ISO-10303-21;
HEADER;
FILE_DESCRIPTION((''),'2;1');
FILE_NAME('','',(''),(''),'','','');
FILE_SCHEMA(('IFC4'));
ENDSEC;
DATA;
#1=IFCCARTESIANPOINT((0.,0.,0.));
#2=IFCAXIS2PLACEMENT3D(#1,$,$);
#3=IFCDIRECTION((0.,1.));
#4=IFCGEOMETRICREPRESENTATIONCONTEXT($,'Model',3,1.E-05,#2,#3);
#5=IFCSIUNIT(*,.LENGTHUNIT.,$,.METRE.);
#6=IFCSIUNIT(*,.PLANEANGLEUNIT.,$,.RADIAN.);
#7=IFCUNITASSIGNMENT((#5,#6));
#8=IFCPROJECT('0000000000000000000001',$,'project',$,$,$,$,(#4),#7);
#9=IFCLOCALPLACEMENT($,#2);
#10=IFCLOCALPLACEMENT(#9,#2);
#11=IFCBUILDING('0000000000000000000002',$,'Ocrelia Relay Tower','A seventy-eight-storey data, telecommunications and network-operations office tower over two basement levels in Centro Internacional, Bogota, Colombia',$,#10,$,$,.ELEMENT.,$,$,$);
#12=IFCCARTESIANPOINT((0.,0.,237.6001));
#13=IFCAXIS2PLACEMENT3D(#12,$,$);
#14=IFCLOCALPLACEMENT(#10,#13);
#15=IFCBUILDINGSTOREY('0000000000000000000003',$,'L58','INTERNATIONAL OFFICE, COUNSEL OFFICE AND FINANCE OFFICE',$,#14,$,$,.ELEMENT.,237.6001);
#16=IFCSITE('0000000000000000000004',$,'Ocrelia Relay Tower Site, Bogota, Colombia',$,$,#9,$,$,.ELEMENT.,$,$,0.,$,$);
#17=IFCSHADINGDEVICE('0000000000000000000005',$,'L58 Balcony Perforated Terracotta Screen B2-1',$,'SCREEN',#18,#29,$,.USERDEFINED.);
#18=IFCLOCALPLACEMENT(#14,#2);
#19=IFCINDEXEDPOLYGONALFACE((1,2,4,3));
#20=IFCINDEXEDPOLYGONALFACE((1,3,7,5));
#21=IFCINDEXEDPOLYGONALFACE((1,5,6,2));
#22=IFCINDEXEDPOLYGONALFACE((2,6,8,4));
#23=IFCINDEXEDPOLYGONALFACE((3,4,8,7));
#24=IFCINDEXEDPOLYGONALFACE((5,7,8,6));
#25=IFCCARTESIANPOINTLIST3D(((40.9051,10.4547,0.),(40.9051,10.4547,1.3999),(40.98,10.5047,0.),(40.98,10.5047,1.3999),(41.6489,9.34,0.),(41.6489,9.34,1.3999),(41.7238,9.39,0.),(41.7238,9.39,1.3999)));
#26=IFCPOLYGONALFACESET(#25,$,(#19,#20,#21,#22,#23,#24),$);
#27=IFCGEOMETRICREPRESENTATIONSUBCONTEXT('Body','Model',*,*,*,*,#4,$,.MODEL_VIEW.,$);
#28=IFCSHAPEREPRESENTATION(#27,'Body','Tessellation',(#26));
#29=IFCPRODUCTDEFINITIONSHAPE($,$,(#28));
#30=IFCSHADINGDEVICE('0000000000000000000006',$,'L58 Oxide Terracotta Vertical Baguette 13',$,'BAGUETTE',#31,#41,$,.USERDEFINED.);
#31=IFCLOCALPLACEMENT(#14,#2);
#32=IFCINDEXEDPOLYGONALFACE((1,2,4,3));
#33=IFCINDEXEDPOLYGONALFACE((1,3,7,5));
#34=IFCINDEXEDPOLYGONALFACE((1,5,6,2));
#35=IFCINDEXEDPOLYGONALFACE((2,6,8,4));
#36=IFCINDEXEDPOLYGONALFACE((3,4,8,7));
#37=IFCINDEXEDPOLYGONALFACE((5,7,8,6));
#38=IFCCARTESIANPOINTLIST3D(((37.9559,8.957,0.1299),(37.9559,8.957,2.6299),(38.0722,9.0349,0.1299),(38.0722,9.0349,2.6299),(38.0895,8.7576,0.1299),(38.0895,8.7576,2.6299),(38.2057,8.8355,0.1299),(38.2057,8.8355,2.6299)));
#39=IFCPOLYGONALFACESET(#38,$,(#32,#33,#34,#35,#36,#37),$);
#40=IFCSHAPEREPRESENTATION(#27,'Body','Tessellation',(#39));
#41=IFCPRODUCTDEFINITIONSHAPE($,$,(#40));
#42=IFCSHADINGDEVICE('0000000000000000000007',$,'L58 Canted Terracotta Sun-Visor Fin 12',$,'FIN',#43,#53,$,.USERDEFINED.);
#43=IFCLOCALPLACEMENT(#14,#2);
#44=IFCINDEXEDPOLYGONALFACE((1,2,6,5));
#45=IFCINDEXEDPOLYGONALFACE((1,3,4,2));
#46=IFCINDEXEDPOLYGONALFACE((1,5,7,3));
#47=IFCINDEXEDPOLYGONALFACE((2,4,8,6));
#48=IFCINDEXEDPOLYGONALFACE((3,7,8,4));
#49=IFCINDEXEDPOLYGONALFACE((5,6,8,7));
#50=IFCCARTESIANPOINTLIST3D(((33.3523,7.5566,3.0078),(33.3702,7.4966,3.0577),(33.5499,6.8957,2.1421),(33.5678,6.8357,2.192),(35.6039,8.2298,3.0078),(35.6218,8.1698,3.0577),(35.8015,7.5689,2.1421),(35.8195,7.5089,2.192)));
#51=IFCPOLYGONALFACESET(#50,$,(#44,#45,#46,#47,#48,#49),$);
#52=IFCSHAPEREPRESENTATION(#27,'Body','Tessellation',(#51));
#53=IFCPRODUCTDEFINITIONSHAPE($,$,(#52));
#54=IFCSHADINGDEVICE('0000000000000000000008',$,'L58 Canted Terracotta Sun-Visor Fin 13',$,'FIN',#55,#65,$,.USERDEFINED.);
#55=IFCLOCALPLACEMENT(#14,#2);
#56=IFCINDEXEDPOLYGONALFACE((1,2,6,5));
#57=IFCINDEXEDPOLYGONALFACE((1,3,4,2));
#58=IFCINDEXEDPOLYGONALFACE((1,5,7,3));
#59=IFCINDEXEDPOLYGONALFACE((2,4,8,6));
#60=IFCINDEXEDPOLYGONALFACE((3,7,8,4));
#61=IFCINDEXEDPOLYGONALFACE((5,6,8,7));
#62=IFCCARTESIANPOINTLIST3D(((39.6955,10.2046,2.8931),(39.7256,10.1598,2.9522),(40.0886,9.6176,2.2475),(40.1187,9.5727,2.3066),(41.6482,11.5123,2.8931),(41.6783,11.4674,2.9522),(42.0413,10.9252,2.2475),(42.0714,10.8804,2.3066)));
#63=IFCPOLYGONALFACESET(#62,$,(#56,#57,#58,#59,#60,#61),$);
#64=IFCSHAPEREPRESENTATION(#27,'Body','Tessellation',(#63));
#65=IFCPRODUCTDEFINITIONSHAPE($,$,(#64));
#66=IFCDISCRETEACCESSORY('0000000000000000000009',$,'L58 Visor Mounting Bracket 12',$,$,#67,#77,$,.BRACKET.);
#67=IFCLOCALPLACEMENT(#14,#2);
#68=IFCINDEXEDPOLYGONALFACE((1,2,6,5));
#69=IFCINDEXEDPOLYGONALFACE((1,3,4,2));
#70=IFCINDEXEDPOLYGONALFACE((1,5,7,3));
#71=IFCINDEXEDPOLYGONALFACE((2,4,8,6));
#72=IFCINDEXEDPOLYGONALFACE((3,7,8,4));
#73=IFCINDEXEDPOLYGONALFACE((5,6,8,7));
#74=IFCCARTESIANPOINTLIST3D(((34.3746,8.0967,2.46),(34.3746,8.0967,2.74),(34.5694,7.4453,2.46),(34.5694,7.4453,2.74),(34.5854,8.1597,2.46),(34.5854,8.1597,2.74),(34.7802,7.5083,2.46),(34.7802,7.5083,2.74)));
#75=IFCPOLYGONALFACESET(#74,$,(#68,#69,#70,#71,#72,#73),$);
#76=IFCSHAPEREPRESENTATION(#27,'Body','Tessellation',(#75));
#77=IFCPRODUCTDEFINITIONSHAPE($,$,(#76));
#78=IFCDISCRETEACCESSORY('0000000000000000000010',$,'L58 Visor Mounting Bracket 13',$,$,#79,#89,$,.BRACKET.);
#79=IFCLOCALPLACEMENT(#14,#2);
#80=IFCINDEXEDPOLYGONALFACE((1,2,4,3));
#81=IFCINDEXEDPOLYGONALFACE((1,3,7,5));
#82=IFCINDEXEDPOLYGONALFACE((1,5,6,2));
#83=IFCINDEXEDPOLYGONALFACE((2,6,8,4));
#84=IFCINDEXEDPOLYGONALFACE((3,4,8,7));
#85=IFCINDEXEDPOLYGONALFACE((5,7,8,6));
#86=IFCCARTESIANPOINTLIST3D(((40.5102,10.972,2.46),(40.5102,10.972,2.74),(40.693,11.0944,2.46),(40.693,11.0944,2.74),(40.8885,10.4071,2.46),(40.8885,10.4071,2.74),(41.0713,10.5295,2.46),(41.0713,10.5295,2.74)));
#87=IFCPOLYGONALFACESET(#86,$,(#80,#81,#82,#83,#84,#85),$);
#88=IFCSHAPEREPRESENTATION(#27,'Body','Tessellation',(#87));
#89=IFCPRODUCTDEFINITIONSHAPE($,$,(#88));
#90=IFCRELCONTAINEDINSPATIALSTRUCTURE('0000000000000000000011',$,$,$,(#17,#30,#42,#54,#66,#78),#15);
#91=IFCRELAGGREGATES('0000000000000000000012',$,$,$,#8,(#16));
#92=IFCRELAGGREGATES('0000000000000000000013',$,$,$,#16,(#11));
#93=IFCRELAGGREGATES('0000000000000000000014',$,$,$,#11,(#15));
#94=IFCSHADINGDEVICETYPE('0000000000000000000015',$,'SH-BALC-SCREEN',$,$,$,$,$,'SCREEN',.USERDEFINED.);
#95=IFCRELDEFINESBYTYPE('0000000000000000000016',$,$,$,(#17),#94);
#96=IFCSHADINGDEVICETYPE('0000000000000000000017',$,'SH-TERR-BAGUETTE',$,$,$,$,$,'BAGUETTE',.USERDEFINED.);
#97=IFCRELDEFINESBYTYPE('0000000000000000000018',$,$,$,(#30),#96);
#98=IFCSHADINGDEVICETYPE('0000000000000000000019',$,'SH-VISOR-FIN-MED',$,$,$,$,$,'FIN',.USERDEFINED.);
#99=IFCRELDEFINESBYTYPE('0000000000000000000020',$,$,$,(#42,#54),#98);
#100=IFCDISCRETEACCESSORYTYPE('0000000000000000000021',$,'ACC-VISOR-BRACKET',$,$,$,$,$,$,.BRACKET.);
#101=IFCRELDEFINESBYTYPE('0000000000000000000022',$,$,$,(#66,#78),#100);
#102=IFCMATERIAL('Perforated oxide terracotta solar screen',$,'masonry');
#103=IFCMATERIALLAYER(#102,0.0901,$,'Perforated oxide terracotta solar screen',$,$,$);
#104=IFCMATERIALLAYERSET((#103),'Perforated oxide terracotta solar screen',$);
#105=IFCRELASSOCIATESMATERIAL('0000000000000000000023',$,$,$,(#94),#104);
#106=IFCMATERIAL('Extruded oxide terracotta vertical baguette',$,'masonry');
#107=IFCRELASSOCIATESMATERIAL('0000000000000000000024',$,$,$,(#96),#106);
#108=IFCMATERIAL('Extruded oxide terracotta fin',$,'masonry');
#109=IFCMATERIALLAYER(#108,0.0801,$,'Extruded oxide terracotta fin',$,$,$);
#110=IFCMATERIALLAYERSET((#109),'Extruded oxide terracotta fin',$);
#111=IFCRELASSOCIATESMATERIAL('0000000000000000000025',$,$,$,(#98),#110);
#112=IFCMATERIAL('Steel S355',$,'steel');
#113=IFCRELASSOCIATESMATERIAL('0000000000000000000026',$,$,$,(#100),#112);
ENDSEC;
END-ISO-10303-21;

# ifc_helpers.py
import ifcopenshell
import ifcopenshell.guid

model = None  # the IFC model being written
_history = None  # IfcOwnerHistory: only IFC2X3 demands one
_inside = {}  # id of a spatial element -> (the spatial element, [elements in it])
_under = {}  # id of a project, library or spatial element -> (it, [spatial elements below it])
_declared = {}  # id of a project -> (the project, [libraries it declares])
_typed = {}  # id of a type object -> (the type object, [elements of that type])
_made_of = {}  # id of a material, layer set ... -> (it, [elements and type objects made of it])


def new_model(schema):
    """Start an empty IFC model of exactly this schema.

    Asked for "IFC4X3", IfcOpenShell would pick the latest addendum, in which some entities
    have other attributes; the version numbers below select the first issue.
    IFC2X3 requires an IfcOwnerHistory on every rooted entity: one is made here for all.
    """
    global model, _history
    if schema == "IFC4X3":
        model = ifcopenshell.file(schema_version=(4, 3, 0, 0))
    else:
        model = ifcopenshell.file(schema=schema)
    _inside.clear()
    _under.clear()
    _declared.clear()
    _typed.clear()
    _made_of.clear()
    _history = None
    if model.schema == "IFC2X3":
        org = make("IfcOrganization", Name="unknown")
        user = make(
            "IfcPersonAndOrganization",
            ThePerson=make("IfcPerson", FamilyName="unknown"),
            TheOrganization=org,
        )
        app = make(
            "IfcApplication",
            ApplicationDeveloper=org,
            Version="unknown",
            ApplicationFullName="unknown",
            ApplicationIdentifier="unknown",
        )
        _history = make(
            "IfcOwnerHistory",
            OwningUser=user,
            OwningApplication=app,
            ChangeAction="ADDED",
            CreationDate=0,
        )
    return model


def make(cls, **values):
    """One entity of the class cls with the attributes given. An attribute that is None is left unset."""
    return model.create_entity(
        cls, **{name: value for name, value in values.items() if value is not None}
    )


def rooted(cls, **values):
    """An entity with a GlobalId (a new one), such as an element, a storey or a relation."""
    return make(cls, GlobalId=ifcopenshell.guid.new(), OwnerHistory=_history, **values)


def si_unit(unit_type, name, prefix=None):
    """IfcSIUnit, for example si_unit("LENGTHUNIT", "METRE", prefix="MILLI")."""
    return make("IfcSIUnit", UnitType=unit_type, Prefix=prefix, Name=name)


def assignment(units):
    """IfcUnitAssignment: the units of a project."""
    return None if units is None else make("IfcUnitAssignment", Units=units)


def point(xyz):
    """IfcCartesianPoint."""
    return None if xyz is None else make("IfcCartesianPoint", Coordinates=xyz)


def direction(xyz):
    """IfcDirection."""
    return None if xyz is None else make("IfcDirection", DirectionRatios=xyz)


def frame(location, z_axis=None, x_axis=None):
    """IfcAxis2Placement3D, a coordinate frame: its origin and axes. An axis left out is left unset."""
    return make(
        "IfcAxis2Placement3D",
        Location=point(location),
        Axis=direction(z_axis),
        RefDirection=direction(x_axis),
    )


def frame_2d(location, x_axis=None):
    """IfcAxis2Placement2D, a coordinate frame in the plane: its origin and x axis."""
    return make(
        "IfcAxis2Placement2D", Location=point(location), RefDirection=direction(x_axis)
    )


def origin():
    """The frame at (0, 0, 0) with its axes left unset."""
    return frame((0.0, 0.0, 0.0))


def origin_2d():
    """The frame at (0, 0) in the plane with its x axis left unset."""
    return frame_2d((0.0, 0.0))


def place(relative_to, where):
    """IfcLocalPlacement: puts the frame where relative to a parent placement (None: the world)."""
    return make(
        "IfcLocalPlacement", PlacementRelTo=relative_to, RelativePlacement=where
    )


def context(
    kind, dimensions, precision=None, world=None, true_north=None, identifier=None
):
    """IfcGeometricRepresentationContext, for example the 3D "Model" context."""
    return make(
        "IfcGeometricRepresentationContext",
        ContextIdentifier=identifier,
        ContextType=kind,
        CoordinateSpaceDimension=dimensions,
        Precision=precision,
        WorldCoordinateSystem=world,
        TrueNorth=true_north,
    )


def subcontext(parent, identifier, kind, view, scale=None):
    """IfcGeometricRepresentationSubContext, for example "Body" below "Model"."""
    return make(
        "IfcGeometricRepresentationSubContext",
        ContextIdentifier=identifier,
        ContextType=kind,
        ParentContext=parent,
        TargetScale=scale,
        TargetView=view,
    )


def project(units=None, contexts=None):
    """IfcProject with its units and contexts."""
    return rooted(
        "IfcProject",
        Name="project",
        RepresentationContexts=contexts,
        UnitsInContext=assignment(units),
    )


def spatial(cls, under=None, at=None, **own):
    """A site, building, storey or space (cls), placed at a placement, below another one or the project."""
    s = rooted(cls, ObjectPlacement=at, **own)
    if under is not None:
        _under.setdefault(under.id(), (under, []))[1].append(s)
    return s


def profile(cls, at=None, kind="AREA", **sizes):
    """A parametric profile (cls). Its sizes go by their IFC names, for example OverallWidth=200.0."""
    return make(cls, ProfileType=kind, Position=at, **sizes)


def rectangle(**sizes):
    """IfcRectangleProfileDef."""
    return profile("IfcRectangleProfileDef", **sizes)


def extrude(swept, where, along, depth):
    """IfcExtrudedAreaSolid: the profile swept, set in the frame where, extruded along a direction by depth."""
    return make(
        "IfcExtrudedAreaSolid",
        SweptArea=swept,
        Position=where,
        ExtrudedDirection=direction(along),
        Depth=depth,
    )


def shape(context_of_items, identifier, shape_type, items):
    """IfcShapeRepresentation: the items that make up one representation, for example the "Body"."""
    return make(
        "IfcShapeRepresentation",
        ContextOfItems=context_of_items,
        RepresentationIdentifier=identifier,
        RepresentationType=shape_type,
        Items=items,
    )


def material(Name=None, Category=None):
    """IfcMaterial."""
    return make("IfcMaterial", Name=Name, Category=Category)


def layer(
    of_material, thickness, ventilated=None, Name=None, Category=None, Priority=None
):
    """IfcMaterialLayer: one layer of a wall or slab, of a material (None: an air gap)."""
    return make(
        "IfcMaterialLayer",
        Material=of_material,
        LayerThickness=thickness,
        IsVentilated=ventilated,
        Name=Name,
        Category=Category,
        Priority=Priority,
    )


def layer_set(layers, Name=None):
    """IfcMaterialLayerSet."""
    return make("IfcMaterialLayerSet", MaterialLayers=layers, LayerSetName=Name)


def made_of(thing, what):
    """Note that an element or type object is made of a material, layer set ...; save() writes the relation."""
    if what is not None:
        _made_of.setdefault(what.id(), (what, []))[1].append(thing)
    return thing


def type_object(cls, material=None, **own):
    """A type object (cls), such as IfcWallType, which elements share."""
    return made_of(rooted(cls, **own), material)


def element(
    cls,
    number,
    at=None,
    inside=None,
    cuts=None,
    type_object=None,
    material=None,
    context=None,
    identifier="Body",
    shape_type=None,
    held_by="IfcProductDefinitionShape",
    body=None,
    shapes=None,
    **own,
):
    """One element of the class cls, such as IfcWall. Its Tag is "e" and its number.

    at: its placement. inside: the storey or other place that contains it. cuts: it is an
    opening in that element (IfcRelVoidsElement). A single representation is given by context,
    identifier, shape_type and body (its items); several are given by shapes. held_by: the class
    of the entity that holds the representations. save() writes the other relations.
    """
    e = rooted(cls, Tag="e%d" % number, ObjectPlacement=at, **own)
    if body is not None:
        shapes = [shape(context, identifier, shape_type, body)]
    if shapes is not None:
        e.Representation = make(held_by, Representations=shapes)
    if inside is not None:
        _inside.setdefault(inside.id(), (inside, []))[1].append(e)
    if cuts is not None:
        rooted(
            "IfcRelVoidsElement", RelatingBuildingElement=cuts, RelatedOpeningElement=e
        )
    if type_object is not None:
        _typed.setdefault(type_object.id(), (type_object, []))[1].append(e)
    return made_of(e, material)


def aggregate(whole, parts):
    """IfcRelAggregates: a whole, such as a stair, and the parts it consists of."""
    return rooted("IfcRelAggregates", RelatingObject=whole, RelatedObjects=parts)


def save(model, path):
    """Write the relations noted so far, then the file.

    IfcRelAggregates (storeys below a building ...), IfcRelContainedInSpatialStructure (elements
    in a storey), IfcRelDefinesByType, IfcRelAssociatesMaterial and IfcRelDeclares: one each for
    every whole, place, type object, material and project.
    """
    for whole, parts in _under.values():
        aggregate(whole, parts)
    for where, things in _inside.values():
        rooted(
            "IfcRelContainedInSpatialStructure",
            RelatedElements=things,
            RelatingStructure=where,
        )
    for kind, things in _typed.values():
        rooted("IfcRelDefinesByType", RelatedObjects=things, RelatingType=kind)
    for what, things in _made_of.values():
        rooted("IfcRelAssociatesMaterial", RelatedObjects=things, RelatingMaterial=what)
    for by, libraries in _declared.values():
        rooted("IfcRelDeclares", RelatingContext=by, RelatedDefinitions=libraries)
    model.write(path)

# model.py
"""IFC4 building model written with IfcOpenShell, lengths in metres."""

from ifc_helpers import new_model, si_unit, direction, frame, origin, origin_2d, place, context, subcontext, project, spatial, rectangle, extrude, material, layer, layer_set, type_object, element, save


model = new_model("IFC4")

# Units and contexts
model_context = context("Model", 3, precision=1e-05, world=origin(), true_north=direction((0.0, 1.0)))
body_context = subcontext(model_context, "Body", "Model", "MODEL_VIEW")
ifc_project = project(units=[si_unit("LENGTHUNIT", "METRE"), si_unit("PLANEANGLEUNIT", "RADIAN")], contexts=[model_context])

# Site, building, storey
site_placement = place(None, origin())
site = spatial("IfcSite", under=ifc_project, at=site_placement, Name="Ocrelia Relay Tower Site, Bogota, Colombia", CompositionType="ELEMENT", RefElevation=0.0)
building_placement = place(site_placement, origin())
building = spatial("IfcBuilding", under=site, at=building_placement, Name="Ocrelia Relay Tower", Description="A seventy-eight-storey data, telecommunications and network-operations office tower over two basement levels in Centro Internacional, Bogota, Colombia", CompositionType="ELEMENT")
storey_placement = place(building_placement, frame((0.0, 0.0, 237.6001)))
storey = spatial("IfcBuildingStorey", under=building, at=storey_placement, Name="L58", Description="INTERNATIONAL OFFICE, COUNSEL OFFICE AND FINANCE OFFICE", CompositionType="ELEMENT", Elevation=237.6001)

# Shared definitions
ifc_material_1 = material(Name="Steel S355", Category="steel")

# Shading devices
ifc_material_2 = material(Name="Perforated oxide terracotta solar screen", Category="masonry")
ifc_layer_1 = layer(ifc_material_2, 0.0901, Name="Perforated oxide terracotta solar screen")
ifc_layer_set_1 = layer_set([ifc_layer_1], Name="Perforated oxide terracotta solar screen")
shading_device_type_1 = type_object("IfcShadingDeviceType", Name="SH-BALC-SCREEN", ElementType="SCREEN", PredefinedType="USERDEFINED", material=ifc_layer_set_1)
shading_device_1_placement = place(storey_placement, frame((41.3145, 9.9224, 0.0), z_axis=(0.0, 0.0, 1.0), x_axis=(0.555081, -0.831796, 0.0)))
element("IfcShadingDevice", 1, at=shading_device_1_placement, inside=storey, type_object=shading_device_type_1, Name="L58 Balcony Perforated Terracotta Screen B2-1", ObjectType="SCREEN", PredefinedType="USERDEFINED", context=body_context, shape_type="SweptSolid", body=[
    extrude(rectangle(XDim=1.3401, YDim=0.0901, at=origin_2d()), origin(), (0.0, 0.0, 1.0), 1.3999),
])
ifc_material_3 = material(Name="Extruded oxide terracotta vertical baguette", Category="masonry")
shading_device_type_2 = type_object("IfcShadingDeviceType", Name="SH-TERR-BAGUETTE", ElementType="BAGUETTE", PredefinedType="USERDEFINED", material=ifc_material_3)
shading_device_2_placement = place(storey_placement, frame((38.0808, 8.8962, 0.1299), z_axis=(0.0, 0.0, 1.0), x_axis=(0.830903, 0.556418, 0.0)))
element("IfcShadingDevice", 2, at=shading_device_2_placement, inside=storey, type_object=shading_device_type_2, Name="L58 Oxide Terracotta Vertical Baguette 13", ObjectType="BAGUETTE", PredefinedType="USERDEFINED", context=body_context, shape_type="SweptSolid", body=[
    extrude(rectangle(XDim=0.1399, YDim=0.24, at=origin_2d()), origin(), (0.0, 0.0, 1.0), 2.5),
])
ifc_material_4 = material(Name="Extruded oxide terracotta fin", Category="masonry")
ifc_layer_2 = layer(ifc_material_4, 0.0801, Name="Extruded oxide terracotta fin")
ifc_layer_set_2 = layer_set([ifc_layer_2], Name="Extruded oxide terracotta fin")
shading_device_type_3 = type_object("IfcShadingDeviceType", Name="SH-VISOR-FIN-MED", ElementType="FIN", PredefinedType="USERDEFINED", material=ifc_layer_set_2)
shading_device_3_placement = place(storey_placement, frame((34.5769, 7.5627, 2.575), z_axis=(0.224029, -0.74929, 0.623197), x_axis=(0.958093, 0.286458, 0.0)))
element("IfcShadingDevice", 3, at=shading_device_3_placement, inside=storey, type_object=shading_device_type_3, Name="L58 Canted Terracotta Sun-Visor Fin 12", ObjectType="FIN", PredefinedType="USERDEFINED", context=body_context, shape_type="SweptSolid", body=[
    extrude(rectangle(XDim=2.3501, YDim=1.1069, at=origin_2d()), origin(), (0.0, 0.0, 1.0), 0.0801),
])
shading_device_4_placement = place(storey_placement, frame((40.8684, 10.5649, 2.5703), z_axis=(0.375337, -0.560494, 0.73822), x_axis=(0.830903, 0.556418, 0.0)))
element("IfcShadingDevice", 4, at=shading_device_4_placement, inside=storey, type_object=shading_device_type_3, Name="L58 Canted Terracotta Sun-Visor Fin 13", ObjectType="FIN", PredefinedType="USERDEFINED", context=body_context, shape_type="SweptSolid", body=[
    extrude(rectangle(XDim=2.3501, YDim=0.957, at=origin_2d()), origin(), (0.0, 0.0, 1.0), 0.0801),
])

# Discrete accessories
discrete_accessory_type = type_object("IfcDiscreteAccessoryType", Name="ACC-VISOR-BRACKET", PredefinedType="BRACKET", material=ifc_material_1)
for number, where, z_axis, x_axis, name in (
    (5, (34.5774, 7.8025, 2.46), (0.0, 0.0, 1.0), (0.958093, 0.286458, 0.0), "L58 Visor Mounting Bracket 12"),
    (6, (40.7908, 10.7507, 2.46), (0.0, 0.0, 1.0), (0.830903, 0.556418, 0.0), "L58 Visor Mounting Bracket 13"),
):
    element("IfcDiscreteAccessory", number, at=place(storey_placement, frame(where, z_axis=z_axis, x_axis=x_axis)), inside=storey, type_object=discrete_accessory_type, Name=name, PredefinedType="BRACKET", context=body_context, shape_type="SweptSolid", body=[
        extrude(rectangle(XDim=0.22, YDim=0.6799, at=origin_2d()), origin(), (0.0, 0.0, 1.0), 0.28),
    ])

save(model, "model.ifc")
